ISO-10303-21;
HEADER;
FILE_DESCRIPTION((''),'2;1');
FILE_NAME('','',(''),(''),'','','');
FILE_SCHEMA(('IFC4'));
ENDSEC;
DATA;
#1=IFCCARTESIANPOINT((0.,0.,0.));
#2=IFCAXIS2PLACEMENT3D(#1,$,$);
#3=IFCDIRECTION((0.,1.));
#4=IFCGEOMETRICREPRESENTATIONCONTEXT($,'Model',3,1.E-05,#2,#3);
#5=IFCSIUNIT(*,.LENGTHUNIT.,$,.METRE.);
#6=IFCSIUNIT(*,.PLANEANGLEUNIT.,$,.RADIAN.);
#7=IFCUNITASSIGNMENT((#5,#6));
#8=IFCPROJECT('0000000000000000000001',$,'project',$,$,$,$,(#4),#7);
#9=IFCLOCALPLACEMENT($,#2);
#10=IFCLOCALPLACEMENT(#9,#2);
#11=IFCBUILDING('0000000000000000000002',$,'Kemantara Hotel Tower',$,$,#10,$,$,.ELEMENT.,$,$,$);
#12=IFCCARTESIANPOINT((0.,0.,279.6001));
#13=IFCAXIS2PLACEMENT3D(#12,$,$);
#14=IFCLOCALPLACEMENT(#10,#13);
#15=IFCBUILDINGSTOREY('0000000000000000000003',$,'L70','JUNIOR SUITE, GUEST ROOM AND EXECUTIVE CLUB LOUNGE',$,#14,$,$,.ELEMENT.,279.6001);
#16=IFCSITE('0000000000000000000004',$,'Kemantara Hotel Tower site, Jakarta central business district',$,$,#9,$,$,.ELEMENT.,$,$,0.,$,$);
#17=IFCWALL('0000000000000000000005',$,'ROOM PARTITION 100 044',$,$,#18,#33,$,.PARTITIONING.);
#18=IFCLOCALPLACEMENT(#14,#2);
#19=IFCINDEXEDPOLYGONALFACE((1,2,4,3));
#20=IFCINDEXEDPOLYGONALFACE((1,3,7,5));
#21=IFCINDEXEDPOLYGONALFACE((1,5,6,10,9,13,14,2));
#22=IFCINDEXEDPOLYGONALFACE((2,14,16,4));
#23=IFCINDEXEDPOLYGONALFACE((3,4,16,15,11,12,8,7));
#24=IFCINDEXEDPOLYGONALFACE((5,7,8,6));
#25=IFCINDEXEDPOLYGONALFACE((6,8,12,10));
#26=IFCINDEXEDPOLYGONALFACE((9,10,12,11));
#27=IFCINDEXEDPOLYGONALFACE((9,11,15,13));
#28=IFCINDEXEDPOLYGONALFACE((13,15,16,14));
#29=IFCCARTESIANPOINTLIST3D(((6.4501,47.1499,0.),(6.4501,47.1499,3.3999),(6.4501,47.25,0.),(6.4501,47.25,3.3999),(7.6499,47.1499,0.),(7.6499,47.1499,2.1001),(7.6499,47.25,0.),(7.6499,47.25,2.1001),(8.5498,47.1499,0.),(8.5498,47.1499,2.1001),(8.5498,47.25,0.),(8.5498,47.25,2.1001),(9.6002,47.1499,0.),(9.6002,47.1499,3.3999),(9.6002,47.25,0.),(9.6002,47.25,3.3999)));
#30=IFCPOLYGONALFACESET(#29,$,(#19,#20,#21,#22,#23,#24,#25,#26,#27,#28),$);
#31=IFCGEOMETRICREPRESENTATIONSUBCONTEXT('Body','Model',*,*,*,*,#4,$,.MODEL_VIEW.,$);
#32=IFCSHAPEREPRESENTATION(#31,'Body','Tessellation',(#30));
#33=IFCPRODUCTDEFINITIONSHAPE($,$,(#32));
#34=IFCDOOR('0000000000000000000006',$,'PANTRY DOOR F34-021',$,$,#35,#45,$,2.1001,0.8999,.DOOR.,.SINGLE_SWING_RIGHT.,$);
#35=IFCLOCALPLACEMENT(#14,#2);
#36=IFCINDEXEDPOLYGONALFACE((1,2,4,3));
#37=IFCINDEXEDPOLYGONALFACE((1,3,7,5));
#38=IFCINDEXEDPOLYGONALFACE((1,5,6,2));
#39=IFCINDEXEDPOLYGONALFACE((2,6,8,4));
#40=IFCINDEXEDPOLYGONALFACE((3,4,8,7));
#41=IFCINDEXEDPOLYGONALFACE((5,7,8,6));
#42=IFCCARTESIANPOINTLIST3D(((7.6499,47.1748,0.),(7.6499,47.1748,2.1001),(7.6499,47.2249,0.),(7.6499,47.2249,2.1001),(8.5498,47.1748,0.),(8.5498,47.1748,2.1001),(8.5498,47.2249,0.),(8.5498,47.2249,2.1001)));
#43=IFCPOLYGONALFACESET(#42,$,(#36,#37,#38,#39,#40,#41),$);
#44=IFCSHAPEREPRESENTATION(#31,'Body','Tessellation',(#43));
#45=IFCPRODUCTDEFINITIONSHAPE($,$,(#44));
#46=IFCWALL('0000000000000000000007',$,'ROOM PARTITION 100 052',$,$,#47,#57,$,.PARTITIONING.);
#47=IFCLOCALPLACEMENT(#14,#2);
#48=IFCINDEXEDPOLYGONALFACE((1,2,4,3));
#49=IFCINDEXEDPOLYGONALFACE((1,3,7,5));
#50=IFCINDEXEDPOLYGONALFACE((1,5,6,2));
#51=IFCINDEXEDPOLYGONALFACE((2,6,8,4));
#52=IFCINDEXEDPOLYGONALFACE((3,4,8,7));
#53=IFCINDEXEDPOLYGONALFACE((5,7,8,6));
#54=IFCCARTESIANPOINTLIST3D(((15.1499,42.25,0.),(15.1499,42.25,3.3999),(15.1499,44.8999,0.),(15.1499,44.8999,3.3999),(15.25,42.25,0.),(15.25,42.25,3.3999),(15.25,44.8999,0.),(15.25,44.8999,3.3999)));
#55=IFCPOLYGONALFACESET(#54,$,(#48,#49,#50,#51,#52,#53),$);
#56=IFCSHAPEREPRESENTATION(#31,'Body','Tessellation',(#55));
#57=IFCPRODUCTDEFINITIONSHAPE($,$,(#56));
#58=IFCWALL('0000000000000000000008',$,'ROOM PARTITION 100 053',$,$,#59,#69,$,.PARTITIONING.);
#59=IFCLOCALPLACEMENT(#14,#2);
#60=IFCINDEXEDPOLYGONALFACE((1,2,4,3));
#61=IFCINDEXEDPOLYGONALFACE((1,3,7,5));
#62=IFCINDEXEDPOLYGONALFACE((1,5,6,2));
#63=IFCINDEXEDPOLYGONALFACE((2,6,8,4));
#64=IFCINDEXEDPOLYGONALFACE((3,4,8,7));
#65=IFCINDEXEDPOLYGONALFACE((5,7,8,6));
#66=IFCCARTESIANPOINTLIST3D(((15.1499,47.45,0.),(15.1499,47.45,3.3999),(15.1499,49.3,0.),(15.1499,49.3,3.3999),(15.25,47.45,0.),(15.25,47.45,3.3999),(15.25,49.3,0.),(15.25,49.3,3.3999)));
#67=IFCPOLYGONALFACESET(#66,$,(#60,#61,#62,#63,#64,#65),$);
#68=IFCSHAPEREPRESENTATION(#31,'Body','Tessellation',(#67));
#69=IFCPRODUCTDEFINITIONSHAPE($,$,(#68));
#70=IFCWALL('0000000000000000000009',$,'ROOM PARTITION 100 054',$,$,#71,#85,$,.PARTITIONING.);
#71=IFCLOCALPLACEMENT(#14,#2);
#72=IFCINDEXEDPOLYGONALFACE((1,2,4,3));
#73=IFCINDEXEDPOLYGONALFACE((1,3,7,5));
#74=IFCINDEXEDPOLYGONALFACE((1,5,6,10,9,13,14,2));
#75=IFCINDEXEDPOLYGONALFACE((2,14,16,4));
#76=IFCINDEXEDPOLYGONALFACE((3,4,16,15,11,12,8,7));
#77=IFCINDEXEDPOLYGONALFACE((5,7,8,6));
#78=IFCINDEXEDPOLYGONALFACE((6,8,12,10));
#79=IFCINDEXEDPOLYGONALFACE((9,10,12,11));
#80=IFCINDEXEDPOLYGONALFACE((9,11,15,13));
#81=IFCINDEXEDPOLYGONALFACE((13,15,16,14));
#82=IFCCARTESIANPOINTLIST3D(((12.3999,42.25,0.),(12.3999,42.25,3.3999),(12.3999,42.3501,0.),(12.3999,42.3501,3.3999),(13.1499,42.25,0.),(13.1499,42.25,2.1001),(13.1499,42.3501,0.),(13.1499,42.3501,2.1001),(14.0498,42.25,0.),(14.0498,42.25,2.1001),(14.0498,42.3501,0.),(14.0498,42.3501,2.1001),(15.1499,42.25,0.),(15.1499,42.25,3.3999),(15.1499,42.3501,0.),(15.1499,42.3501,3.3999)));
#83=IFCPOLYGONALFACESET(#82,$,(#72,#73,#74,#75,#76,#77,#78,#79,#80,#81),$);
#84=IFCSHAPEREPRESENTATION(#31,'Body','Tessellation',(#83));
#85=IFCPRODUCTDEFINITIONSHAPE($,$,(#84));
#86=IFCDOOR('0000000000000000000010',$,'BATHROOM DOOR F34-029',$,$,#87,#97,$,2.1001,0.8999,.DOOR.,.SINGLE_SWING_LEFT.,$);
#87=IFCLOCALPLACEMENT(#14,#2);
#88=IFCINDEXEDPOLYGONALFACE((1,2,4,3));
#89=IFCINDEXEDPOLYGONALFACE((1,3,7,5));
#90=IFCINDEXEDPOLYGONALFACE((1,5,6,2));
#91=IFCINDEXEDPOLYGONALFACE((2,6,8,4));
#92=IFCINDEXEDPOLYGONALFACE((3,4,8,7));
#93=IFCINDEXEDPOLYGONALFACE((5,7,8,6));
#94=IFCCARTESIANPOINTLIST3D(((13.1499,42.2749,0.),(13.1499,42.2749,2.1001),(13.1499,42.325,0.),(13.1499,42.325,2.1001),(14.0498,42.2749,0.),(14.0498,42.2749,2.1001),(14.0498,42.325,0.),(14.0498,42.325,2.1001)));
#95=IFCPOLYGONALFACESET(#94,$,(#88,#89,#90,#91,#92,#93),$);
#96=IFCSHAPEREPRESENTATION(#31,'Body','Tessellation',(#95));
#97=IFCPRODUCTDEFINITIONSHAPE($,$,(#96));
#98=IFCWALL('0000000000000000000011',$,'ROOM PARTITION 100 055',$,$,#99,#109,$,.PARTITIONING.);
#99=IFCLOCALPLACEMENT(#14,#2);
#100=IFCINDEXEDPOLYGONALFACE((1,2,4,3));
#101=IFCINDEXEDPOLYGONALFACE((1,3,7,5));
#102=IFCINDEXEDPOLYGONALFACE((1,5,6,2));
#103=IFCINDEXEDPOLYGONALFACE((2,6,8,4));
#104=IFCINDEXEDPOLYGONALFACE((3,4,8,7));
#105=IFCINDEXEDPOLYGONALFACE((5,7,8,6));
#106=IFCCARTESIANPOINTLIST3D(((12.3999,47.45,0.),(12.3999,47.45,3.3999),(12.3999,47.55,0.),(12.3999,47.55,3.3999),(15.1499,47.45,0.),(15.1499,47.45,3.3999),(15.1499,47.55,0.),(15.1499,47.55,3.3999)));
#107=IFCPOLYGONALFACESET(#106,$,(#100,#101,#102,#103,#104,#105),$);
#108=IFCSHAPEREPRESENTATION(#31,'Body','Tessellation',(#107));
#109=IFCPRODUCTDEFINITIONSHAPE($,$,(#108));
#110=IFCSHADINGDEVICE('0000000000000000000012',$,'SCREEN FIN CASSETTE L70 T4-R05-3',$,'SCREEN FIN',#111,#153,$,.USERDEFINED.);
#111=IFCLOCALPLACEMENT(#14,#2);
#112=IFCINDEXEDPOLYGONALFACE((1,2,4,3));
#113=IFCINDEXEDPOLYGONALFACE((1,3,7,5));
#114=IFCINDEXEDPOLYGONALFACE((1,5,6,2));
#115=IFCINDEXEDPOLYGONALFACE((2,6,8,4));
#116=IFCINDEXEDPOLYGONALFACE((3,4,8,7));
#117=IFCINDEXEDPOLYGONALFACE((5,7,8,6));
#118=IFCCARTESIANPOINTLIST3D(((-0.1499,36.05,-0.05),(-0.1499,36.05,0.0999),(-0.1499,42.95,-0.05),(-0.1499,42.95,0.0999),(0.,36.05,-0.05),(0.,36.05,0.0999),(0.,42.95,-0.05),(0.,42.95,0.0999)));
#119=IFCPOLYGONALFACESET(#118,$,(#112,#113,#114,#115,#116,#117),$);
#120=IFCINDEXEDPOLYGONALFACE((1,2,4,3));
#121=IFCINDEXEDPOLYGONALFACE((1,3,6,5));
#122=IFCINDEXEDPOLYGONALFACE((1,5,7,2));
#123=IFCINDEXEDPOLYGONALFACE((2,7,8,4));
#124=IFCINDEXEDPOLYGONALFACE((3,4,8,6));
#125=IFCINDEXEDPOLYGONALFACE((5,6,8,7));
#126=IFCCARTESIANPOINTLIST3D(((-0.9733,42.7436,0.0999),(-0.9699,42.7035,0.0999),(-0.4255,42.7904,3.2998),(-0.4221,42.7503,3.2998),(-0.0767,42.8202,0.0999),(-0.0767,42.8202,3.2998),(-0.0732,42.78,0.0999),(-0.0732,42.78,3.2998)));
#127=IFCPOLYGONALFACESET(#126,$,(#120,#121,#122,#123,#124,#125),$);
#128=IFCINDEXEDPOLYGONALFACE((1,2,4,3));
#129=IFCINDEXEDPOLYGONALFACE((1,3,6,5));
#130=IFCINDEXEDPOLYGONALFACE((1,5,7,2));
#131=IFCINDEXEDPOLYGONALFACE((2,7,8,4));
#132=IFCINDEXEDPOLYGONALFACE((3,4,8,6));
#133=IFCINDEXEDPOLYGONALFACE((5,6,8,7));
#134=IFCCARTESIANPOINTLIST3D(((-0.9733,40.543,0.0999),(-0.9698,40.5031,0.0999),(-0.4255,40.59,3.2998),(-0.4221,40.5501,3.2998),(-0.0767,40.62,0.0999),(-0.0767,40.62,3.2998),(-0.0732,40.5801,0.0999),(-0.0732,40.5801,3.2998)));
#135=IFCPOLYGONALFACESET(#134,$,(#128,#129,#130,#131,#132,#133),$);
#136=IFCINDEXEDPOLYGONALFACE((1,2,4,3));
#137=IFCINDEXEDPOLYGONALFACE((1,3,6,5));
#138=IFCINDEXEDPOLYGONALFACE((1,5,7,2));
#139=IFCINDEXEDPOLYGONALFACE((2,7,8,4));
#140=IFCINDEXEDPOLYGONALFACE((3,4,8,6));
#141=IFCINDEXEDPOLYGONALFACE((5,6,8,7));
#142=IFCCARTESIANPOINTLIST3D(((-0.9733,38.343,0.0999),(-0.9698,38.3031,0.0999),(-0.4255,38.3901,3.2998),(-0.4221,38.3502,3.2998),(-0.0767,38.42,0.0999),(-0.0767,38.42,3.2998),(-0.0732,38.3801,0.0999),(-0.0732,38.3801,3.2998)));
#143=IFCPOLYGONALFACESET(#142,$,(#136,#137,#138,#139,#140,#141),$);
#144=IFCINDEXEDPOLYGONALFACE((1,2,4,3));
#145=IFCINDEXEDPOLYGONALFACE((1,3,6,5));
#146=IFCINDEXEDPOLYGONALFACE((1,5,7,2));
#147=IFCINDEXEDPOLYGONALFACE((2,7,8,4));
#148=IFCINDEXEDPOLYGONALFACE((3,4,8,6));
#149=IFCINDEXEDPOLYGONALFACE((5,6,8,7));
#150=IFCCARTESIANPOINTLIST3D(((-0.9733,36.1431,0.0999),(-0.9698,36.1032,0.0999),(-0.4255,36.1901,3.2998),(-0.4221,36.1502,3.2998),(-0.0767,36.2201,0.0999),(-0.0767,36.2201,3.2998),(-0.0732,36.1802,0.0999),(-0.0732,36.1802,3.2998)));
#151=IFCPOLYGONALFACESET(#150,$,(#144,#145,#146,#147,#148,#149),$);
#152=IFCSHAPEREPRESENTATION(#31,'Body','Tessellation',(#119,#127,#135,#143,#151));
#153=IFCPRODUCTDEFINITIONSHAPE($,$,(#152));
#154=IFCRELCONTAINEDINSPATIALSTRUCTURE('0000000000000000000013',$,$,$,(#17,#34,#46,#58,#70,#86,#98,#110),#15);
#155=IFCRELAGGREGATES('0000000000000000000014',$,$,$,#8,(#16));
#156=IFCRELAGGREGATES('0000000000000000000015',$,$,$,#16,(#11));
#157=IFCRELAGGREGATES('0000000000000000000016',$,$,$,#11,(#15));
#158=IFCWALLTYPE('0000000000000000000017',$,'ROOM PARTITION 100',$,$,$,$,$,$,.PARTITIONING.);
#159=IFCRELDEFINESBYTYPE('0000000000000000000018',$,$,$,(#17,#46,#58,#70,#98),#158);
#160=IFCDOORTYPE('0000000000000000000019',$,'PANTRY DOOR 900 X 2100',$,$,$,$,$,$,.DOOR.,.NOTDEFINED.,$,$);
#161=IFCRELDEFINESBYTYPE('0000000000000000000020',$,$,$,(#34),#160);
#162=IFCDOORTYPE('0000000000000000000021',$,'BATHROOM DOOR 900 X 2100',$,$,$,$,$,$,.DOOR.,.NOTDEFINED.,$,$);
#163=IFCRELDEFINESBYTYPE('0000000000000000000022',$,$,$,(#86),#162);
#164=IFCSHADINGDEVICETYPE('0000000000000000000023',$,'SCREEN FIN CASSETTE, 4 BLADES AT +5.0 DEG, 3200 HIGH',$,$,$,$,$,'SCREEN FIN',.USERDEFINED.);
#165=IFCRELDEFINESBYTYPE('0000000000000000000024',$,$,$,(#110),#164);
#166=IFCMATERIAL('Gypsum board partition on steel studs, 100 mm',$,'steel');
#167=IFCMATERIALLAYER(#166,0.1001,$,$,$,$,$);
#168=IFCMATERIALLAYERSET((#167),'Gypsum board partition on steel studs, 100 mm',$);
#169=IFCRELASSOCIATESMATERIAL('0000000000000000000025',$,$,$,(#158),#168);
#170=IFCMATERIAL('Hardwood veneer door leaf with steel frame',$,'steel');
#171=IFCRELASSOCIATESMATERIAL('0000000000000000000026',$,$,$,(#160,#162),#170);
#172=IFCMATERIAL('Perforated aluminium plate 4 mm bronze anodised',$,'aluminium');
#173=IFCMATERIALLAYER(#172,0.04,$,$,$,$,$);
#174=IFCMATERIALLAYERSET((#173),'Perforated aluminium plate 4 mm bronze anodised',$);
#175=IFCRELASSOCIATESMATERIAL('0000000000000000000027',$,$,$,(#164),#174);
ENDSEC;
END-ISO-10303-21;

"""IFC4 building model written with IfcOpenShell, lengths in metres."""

from ifc_helpers import new_model, si_unit, direction, frame, frame_2d, origin, origin_2d, place, context, subcontext, project, spatial, polyline, rectangle, outline, extrude, source, transform, mapped, material, layer, layer_set, type_object, element, fill, save


model = new_model("IFC4")

# Units and contexts
model_context = context("Model", 3, precision=1e-05, world=origin(), true_north=direction((0.0, 1.0)))
body_context = subcontext(model_context, "Body", "Model", "MODEL_VIEW")
ifc_project = project(units=[si_unit("LENGTHUNIT", "METRE"), si_unit("PLANEANGLEUNIT", "RADIAN")], contexts=[model_context])

# Site, building, storey
site_placement = place(None, origin())
site = spatial("IfcSite", under=ifc_project, at=site_placement, Name="Kemantara Hotel Tower site, Jakarta central business district", CompositionType="ELEMENT", RefElevation=0.0)
building_placement = place(site_placement, origin())
building = spatial("IfcBuilding", under=site, at=building_placement, Name="Kemantara Hotel Tower", CompositionType="ELEMENT")
storey_placement = place(building_placement, frame((0.0, 0.0, 279.6001)))
storey = spatial("IfcBuildingStorey", under=building, at=storey_placement, Name="L70", Description="JUNIOR SUITE, GUEST ROOM AND EXECUTIVE CLUB LOUNGE", CompositionType="ELEMENT", Elevation=279.6001)

# Shared definitions
ifc_material_1 = material(Name="Hardwood veneer door leaf with steel frame", Category="steel")

# Shared definitions
ifc_material_2 = material(Name="Gypsum board partition on steel studs, 100 mm", Category="steel")
ifc_layer_1 = layer(ifc_material_2, 0.1001)
ifc_layer_set_1 = layer_set([ifc_layer_1], Name="Gypsum board partition on steel studs, 100 mm")
wall_type_1 = type_object("IfcWallType", Name="ROOM PARTITION 100", PredefinedType="PARTITIONING", material=ifc_layer_set_1)

# Wall, opening, door
wall_1_placement = place(storey_placement, frame((6.45, 47.2, 0.0), z_axis=(0.0, 0.0, 1.0), x_axis=(1.0, 0.0, 0.0)))
wall_1 = element("IfcWall", 1, at=wall_1_placement, inside=storey, type_object=wall_type_1, Name="ROOM PARTITION 100 044", PredefinedType="PARTITIONING", context=body_context, shape_type="SweptSolid", body=[
    extrude(rectangle(XDim=3.1501, YDim=0.1001, at=frame_2d((1.5752, 0.0))), origin(), (0.0, 0.0, 1.0), 3.3999),
])
opening_1_placement = place(wall_1_placement, frame((1.2, 0.0, 0.0)))
opening_1 = element("IfcOpeningElement", 2, at=opening_1_placement, cuts=wall_1, PredefinedType="OPENING", context=body_context, shape_type="SweptSolid", body=[
    extrude(rectangle(XDim=0.8999, YDim=2.1001, at=frame_2d((0.45, 1.05))), frame((0.0, 0.0601, 0.0), z_axis=(0.0, -1.0, 0.0), x_axis=(1.0, 0.0, 0.0)), (0.0, 0.0, 1.0), 0.1201),
])
door_type_1 = type_object("IfcDoorType", Name="PANTRY DOOR 900 X 2100", OperationType="NOTDEFINED", PredefinedType="DOOR", material=ifc_material_1)
door_1_placement = place(opening_1_placement, origin())
door_1 = element("IfcDoor", 3, at=door_1_placement, inside=storey, type_object=door_type_1, Name="PANTRY DOOR F34-021", OperationType="SINGLE_SWING_RIGHT", OverallHeight=2.1001, OverallWidth=0.8999, PredefinedType="DOOR", context=body_context, shape_type="SweptSolid", body=[
    extrude(rectangle(XDim=0.8999, YDim=2.1001, at=frame_2d((0.45, 1.05))), frame((0.0, 0.0249, 0.0), z_axis=(0.0, -1.0, 0.0), x_axis=(1.0, 0.0, 0.0)), (0.0, 0.0, 1.0), 0.05),
])
fill(opening_1, door_1)

# Walls
wall_2_placement = place(storey_placement, frame((15.2, 42.25, 0.0), z_axis=(0.0, 0.0, 1.0), x_axis=(0.0, 1.0, 0.0)))
element("IfcWall", 4, at=wall_2_placement, inside=storey, type_object=wall_type_1, Name="ROOM PARTITION 100 052", PredefinedType="PARTITIONING", context=body_context, shape_type="SweptSolid", body=[
    extrude(rectangle(XDim=2.6499, YDim=0.1001, at=frame_2d((1.325, 0.0))), origin(), (0.0, 0.0, 1.0), 3.3999),
])
wall_3_placement = place(storey_placement, frame((15.2, 47.45, 0.0), z_axis=(0.0, 0.0, 1.0), x_axis=(0.0, 1.0, 0.0)))
element("IfcWall", 5, at=wall_3_placement, inside=storey, type_object=wall_type_1, Name="ROOM PARTITION 100 053", PredefinedType="PARTITIONING", context=body_context, shape_type="SweptSolid", body=[
    extrude(rectangle(XDim=1.8501, YDim=0.1001, at=frame_2d((0.925, 0.0))), origin(), (0.0, 0.0, 1.0), 3.3999),
])

# Wall, opening, door
wall_4_placement = place(storey_placement, frame((12.3999, 42.3, 0.0), z_axis=(0.0, 0.0, 1.0), x_axis=(1.0, 0.0, 0.0)))
wall_4 = element("IfcWall", 6, at=wall_4_placement, inside=storey, type_object=wall_type_1, Name="ROOM PARTITION 100 054", PredefinedType="PARTITIONING", context=body_context, shape_type="SweptSolid", body=[
    extrude(rectangle(XDim=2.75, YDim=0.1001, at=frame_2d((1.375, 0.0))), origin(), (0.0, 0.0, 1.0), 3.3999),
])
opening_2_placement = place(wall_4_placement, frame((0.75, 0.0, 0.0)))
opening_2 = element("IfcOpeningElement", 7, at=opening_2_placement, cuts=wall_4, PredefinedType="OPENING", context=body_context, shape_type="SweptSolid", body=[
    extrude(rectangle(XDim=0.8999, YDim=2.1001, at=frame_2d((0.45, 1.05))), frame((0.0, 0.0601, 0.0), z_axis=(0.0, -1.0, 0.0), x_axis=(1.0, 0.0, 0.0)), (0.0, 0.0, 1.0), 0.1201),
])
door_type_2 = type_object("IfcDoorType", Name="BATHROOM DOOR 900 X 2100", OperationType="NOTDEFINED", PredefinedType="DOOR", material=ifc_material_1)
door_2_placement = place(opening_2_placement, origin())
door_2 = element("IfcDoor", 8, at=door_2_placement, inside=storey, type_object=door_type_2, Name="BATHROOM DOOR F34-029", OperationType="SINGLE_SWING_LEFT", OverallHeight=2.1001, OverallWidth=0.8999, PredefinedType="DOOR", context=body_context, shape_type="SweptSolid", body=[
    extrude(rectangle(XDim=0.8999, YDim=2.1001, at=frame_2d((0.45, 1.05))), frame((0.0, 0.0249, 0.0), z_axis=(0.0, -1.0, 0.0), x_axis=(1.0, 0.0, 0.0)), (0.0, 0.0, 1.0), 0.05),
])
fill(opening_2, door_2)

# Wall
wall_5_placement = place(storey_placement, frame((12.3999, 47.5, 0.0), z_axis=(0.0, 0.0, 1.0), x_axis=(1.0, 0.0, 0.0)))
element("IfcWall", 9, at=wall_5_placement, inside=storey, type_object=wall_type_1, Name="ROOM PARTITION 100 055", PredefinedType="PARTITIONING", context=body_context, shape_type="SweptSolid", body=[
    extrude(rectangle(XDim=2.75, YDim=0.1001, at=frame_2d((1.375, 0.0))), origin(), (0.0, 0.0, 1.0), 3.3999),
])

# Shading device
ifc_material_3 = material(Name="Perforated aluminium plate 4 mm bronze anodised", Category="aluminium")
ifc_layer_2 = layer(ifc_material_3, 0.04)
ifc_layer_set_2 = layer_set([ifc_layer_2], Name="Perforated aluminium plate 4 mm bronze anodised")
shading_device_type = type_object("IfcShadingDeviceType", Name="SCREEN FIN CASSETTE, 4 BLADES AT +5.0 DEG, 3200 HIGH", ElementType="SCREEN FIN", PredefinedType="USERDEFINED", material=ifc_layer_set_2)
shared_shape = source(origin(), body_context, "Body", "SweptSolid", [
    extrude(rectangle(XDim=6.8999, YDim=0.1499, at=origin_2d()), frame((3.3, -0.075, -0.1499), z_axis=(0.0, 0.0, 1.0), x_axis=(1.0, 0.0, 0.0)), (0.0, 0.0, 1.0), 0.1499),
    extrude(outline(polyline([(0.0, 0.0), (0.8999, 0.0), (0.3501, 3.2), (0.0, 3.2), (0.0, 0.0)])), frame((0.02, -0.0732, 0.0), z_axis=(-0.996376, -0.085056, 0.0), x_axis=(0.085056, -0.996376, 0.0)), (0.0, 0.0, 1.0), 0.0403),
    extrude(outline(polyline([(0.0, 0.0), (0.8999, 0.0), (0.3501, 3.2), (0.0, 3.2), (0.0, 0.0)])), frame((2.22, -0.0732, 0.0), z_axis=(-0.996332, -0.085575, 0.0), x_axis=(0.085575, -0.996332, 0.0)), (0.0, 0.0, 1.0), 0.04),
    extrude(outline(polyline([(0.0, 0.0), (0.8999, 0.0), (0.3501, 3.2), (0.0, 3.2), (0.0, 0.0)])), frame((4.4199, -0.0732, 0.0), z_axis=(-0.996332, -0.085575, 0.0), x_axis=(0.085575, -0.996332, 0.0)), (0.0, 0.0, 1.0), 0.04),
    extrude(outline(polyline([(0.0, 0.0), (0.8999, 0.0), (0.3501, 3.2), (0.0, 3.2), (0.0, 0.0)])), frame((6.6199, -0.0732, 0.0), z_axis=(-0.996332, -0.085575, 0.0), x_axis=(0.085575, -0.996332, 0.0)), (0.0, 0.0, 1.0), 0.04),
])
shading_device_placement = place(storey_placement, frame((0.0, 42.8, 0.0999), z_axis=(0.0, 0.0, 1.0), x_axis=(0.0, -1.0, 0.0)))
element("IfcShadingDevice", 10, at=shading_device_placement, inside=storey, type_object=shading_device_type, Name="SCREEN FIN CASSETTE L70 T4-R05-3", ObjectType="SCREEN FIN", PredefinedType="USERDEFINED", context=body_context, shape_type="MappedRepresentation", body=[
    mapped(shared_shape, transform((0.0, 0.0, 0.0))),
])

save(model, "model.ifc")
